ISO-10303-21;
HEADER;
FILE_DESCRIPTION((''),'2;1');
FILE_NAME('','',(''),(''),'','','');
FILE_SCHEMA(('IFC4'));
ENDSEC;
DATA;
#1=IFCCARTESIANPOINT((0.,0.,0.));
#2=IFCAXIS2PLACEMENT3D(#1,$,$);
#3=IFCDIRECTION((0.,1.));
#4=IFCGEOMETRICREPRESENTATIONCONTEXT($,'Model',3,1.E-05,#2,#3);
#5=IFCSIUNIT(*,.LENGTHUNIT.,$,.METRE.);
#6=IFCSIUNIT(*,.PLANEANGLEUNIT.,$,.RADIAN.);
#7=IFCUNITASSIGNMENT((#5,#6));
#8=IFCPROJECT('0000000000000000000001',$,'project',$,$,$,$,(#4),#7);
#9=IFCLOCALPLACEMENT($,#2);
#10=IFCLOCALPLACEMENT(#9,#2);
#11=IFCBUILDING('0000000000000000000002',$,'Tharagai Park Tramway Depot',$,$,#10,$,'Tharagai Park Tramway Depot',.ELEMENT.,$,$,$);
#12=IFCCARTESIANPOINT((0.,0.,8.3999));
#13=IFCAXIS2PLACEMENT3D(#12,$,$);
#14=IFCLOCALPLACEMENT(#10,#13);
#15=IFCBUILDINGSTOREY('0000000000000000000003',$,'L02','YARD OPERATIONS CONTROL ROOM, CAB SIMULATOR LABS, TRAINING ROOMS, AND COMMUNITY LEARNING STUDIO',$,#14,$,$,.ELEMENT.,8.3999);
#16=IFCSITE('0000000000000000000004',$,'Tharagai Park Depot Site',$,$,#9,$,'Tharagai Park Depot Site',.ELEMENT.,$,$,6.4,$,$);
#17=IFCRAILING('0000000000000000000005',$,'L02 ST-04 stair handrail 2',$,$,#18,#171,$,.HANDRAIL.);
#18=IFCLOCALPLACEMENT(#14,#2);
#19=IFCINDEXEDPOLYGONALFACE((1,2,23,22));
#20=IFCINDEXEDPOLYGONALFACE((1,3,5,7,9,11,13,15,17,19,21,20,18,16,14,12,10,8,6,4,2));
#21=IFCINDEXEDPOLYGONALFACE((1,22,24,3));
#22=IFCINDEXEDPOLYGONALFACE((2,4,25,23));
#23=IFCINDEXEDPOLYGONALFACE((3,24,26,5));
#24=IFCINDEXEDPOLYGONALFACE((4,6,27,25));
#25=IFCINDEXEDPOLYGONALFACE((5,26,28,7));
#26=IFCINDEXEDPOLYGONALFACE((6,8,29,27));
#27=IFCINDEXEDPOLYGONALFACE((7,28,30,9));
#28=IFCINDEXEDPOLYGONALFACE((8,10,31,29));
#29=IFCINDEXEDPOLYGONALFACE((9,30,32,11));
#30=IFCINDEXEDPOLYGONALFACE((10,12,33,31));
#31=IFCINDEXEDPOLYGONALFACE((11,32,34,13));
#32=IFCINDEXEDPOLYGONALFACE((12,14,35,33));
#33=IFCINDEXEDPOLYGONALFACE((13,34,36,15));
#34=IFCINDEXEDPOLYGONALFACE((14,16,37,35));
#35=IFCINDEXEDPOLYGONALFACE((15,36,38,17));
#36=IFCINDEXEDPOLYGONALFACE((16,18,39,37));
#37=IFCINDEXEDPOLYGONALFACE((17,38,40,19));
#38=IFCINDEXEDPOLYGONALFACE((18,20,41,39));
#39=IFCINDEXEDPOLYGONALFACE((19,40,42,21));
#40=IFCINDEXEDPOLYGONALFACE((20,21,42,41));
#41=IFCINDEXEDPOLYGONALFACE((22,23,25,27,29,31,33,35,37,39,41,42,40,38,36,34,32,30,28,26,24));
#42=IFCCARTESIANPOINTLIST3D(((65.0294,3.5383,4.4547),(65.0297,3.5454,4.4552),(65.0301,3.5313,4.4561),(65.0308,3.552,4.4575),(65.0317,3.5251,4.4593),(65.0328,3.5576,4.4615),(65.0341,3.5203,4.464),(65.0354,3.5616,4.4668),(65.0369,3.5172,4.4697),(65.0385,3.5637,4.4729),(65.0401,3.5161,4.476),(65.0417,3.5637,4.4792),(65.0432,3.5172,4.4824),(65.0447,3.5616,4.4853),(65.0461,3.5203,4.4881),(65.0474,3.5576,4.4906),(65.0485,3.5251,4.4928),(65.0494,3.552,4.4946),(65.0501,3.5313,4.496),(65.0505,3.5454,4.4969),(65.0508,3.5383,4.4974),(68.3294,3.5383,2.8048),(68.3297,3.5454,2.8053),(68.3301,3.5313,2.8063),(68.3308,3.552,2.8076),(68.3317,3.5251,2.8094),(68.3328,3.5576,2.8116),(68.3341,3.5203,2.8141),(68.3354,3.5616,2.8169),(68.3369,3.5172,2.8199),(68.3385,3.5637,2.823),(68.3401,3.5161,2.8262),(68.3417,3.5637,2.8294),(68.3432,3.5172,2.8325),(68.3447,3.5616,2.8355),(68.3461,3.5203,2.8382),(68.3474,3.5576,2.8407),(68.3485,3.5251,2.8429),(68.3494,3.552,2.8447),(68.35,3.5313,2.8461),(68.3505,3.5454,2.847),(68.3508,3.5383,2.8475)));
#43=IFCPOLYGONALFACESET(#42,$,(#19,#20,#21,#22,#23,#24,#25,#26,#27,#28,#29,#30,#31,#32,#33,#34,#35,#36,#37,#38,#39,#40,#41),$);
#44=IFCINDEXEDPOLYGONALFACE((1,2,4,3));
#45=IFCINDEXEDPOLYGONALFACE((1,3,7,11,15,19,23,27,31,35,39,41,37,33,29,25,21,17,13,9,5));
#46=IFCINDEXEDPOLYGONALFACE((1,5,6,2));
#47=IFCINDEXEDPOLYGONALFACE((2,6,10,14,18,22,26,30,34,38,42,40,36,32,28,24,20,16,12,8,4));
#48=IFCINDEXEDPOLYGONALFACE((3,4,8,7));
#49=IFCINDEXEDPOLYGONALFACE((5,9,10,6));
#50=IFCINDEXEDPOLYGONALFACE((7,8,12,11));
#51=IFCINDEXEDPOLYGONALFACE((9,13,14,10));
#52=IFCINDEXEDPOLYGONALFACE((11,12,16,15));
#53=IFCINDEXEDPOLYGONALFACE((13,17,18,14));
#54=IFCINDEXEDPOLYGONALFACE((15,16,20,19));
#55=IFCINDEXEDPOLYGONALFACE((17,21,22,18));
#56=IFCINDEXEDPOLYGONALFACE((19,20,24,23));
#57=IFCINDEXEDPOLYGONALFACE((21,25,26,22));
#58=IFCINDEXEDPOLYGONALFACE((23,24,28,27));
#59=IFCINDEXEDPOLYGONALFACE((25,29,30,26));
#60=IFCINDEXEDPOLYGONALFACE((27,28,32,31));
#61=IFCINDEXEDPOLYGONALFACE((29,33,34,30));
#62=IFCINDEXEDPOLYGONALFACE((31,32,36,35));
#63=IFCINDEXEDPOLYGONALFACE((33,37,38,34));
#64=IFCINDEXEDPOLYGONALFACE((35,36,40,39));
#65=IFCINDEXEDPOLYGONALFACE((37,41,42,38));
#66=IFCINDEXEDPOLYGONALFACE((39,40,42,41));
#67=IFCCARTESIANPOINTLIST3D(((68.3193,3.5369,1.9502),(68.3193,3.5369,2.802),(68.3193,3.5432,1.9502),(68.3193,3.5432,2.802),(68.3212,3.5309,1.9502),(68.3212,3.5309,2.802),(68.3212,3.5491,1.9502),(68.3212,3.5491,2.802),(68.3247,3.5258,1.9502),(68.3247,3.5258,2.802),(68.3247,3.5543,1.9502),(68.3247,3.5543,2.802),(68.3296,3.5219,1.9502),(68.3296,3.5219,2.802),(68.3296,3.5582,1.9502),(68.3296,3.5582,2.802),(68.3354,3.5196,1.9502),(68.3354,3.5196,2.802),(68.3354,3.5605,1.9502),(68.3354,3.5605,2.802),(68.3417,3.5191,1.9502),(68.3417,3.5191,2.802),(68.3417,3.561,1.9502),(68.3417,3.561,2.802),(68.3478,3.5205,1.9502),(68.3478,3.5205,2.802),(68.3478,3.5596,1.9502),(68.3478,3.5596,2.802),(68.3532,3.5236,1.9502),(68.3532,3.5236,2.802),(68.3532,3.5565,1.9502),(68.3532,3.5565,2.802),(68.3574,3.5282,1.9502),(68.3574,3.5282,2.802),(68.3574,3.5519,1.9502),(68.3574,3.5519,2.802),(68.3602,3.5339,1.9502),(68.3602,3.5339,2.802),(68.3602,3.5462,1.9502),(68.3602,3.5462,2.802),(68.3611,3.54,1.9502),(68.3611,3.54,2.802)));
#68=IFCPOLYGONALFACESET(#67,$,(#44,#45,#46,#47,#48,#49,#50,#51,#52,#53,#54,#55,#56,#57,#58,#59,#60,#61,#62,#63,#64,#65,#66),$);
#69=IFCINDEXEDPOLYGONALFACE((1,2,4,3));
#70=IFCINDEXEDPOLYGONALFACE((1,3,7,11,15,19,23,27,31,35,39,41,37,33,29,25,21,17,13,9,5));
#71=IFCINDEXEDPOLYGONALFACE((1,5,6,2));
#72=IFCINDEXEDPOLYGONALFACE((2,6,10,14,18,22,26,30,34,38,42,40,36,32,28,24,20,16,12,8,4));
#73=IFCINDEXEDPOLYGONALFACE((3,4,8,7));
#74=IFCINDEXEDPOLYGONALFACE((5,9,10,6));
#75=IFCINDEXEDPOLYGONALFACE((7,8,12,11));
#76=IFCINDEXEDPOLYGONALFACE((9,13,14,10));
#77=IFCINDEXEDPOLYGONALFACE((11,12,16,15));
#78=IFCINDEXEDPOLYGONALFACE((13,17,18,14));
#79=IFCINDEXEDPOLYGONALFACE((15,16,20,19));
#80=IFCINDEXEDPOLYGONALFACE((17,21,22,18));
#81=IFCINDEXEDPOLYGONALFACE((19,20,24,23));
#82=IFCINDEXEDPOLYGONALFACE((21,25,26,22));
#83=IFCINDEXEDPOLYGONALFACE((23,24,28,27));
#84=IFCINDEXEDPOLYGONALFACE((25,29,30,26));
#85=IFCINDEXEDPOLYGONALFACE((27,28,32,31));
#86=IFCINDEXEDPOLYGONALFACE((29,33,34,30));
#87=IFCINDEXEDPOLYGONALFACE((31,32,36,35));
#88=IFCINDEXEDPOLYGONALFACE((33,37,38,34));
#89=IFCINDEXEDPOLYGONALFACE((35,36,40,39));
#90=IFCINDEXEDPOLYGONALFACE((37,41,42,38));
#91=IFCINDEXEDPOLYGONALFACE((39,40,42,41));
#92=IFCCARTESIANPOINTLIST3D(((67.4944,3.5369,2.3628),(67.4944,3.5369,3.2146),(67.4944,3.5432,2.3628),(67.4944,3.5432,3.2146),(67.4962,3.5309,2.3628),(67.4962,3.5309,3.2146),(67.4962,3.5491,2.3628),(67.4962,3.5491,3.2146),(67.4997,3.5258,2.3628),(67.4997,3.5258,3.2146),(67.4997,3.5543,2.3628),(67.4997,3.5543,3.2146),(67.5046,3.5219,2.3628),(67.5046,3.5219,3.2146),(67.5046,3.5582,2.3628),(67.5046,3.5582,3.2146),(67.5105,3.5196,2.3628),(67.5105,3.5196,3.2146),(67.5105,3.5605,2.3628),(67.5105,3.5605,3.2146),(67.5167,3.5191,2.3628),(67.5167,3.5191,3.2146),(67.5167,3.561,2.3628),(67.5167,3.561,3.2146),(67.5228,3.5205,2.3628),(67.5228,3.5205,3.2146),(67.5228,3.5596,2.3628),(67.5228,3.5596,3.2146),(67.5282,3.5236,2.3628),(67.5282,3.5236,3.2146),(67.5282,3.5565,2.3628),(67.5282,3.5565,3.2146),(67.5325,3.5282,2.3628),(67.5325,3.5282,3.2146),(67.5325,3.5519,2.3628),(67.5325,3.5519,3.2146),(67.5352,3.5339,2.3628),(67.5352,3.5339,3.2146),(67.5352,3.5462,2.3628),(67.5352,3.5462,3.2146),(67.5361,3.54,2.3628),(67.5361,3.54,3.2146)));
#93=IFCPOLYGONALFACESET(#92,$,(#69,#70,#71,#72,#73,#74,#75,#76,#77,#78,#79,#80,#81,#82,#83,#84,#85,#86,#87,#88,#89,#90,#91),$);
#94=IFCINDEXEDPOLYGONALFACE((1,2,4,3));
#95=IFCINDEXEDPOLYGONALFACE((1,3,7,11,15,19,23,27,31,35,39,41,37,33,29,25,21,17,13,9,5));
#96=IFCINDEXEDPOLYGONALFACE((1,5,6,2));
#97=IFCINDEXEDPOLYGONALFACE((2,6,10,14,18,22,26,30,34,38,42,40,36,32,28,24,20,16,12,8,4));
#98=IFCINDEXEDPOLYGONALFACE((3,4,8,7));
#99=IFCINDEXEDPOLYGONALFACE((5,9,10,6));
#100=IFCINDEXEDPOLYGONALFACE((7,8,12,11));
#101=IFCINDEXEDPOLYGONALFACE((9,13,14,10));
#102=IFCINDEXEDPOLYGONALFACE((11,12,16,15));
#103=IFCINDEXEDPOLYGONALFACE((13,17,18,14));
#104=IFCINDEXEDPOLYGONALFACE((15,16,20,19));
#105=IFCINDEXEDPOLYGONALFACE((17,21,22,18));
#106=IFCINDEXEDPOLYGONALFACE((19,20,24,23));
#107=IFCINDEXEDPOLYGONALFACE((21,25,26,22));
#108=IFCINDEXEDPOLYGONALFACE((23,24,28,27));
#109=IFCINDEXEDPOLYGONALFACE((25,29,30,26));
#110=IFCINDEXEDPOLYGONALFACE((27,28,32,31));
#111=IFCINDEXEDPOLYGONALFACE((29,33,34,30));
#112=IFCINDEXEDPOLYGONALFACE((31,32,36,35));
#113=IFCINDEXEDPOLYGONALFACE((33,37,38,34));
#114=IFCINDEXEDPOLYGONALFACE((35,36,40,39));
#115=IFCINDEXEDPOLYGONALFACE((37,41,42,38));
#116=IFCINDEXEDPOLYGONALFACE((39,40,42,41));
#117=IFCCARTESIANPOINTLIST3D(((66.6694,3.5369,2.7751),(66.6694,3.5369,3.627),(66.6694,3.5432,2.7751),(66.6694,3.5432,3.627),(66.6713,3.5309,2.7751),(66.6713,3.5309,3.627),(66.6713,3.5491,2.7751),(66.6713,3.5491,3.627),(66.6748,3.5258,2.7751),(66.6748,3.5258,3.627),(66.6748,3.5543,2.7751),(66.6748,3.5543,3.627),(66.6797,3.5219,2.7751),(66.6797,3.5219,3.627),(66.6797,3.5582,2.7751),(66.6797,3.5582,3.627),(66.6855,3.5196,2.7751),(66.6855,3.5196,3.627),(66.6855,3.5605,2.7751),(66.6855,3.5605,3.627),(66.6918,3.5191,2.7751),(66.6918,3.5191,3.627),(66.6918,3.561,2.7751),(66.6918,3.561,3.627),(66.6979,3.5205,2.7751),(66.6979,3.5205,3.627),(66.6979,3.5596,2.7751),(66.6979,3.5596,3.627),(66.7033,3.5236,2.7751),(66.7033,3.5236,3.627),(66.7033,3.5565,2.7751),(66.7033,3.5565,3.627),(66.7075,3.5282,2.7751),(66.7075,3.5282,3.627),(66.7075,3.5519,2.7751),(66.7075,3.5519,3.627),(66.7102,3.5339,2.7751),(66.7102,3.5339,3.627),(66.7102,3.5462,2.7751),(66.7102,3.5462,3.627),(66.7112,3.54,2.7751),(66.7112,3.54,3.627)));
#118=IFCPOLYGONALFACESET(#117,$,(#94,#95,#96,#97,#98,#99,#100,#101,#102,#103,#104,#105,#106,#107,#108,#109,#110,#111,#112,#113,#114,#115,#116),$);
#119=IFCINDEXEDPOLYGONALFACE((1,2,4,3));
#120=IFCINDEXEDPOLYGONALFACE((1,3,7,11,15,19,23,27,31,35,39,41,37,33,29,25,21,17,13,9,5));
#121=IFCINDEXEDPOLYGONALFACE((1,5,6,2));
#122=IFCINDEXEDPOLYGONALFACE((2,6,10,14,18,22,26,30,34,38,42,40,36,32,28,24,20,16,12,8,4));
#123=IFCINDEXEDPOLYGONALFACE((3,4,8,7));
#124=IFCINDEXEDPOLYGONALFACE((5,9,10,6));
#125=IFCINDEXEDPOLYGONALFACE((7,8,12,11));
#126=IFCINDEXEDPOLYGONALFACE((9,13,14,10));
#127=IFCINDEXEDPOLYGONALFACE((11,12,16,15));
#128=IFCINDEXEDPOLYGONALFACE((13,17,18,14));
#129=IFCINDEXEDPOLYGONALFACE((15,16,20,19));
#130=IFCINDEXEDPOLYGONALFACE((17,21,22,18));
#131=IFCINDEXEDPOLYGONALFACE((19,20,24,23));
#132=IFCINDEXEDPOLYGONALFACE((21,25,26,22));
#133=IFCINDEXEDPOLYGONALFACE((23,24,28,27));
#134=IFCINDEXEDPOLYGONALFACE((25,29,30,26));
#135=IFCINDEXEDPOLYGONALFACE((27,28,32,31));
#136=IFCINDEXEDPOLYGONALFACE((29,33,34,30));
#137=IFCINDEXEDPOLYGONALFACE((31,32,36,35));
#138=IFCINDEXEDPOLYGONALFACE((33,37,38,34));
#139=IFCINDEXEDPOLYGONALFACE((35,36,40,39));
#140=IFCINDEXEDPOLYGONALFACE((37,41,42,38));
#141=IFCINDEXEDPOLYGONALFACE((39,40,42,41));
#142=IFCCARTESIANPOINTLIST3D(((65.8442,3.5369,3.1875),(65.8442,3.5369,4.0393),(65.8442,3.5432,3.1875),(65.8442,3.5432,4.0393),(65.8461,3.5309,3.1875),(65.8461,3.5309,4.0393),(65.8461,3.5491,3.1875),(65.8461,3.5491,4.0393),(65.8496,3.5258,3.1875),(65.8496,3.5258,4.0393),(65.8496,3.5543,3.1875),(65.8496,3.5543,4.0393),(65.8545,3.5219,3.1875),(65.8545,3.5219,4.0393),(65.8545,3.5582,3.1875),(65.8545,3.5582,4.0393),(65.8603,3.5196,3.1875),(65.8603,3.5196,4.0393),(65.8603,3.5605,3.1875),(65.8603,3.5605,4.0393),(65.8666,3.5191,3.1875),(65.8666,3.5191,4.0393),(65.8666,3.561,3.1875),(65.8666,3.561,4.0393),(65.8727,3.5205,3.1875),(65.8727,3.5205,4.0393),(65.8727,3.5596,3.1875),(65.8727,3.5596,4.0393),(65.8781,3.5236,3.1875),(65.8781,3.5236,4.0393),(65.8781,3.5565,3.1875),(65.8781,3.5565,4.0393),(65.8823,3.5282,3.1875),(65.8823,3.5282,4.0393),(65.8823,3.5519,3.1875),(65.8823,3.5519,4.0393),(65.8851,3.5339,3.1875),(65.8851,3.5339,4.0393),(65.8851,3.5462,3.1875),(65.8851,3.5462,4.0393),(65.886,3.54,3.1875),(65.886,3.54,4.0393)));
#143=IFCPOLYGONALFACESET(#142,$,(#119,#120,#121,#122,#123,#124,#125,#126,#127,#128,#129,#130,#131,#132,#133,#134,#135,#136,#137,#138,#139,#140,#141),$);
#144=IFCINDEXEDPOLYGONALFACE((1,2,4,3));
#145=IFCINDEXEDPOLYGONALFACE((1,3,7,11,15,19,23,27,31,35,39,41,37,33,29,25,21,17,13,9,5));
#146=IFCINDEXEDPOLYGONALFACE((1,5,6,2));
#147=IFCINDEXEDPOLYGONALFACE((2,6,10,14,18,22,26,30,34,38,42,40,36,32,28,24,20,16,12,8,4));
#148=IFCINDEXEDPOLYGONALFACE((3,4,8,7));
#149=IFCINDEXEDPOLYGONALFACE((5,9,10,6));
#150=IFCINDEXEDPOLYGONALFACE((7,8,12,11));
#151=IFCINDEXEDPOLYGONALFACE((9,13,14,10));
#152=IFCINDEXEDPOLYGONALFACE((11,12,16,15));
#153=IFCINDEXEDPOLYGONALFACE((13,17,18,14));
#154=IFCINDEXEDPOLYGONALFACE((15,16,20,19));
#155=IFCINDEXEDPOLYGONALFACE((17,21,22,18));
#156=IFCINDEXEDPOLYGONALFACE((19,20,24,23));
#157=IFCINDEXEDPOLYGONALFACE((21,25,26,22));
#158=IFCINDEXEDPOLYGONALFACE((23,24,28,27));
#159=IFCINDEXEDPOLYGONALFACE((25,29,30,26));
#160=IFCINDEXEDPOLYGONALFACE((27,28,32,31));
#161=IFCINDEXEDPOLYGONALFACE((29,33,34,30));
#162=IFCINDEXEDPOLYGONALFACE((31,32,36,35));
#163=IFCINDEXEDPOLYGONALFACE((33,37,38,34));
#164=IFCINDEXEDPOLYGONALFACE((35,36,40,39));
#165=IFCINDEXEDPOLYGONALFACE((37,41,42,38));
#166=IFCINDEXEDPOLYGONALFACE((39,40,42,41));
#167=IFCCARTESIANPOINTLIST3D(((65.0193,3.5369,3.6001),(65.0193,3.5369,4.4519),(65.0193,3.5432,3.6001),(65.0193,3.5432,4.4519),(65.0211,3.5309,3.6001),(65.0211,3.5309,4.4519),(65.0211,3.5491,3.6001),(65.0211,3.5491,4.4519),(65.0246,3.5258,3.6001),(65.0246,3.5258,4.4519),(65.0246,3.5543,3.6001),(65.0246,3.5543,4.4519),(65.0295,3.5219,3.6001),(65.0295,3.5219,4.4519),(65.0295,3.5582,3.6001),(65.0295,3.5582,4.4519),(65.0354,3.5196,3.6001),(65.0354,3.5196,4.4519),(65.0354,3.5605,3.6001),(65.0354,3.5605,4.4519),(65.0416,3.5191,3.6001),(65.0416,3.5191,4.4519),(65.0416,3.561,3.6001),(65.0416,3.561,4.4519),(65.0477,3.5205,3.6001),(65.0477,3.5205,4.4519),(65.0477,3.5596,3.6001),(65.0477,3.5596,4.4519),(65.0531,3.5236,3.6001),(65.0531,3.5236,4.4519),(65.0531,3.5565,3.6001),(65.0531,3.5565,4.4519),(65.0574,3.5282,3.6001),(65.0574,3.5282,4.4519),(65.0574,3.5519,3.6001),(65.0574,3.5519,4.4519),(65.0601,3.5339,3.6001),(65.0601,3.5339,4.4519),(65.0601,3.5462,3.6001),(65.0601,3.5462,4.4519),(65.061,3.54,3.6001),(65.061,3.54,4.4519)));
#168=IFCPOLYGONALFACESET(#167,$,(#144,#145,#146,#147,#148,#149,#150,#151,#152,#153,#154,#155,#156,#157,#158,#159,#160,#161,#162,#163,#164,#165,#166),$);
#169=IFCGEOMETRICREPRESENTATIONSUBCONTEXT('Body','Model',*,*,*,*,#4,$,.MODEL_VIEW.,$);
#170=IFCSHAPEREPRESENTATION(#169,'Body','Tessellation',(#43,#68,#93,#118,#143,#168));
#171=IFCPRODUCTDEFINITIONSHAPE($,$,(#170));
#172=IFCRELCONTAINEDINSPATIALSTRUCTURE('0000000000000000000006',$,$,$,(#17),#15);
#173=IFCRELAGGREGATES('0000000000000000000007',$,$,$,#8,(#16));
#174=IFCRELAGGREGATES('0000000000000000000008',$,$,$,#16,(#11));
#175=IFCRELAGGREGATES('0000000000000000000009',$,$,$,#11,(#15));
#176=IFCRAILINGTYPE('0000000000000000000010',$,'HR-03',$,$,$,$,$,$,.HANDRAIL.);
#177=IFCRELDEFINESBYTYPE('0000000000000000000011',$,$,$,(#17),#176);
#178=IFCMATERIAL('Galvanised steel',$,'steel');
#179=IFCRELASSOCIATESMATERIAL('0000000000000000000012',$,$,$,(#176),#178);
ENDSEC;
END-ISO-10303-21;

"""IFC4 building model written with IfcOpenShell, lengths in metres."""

from ifc_helpers import new_model, si_unit, direction, frame, origin, origin_2d, place, context, subcontext, project, spatial, circle, extrude, material, type_object, element, save


model = new_model("IFC4")

# Units and contexts
model_context = context("Model", 3, precision=1e-05, world=origin(), true_north=direction((0.0, 1.0)))
body_context = subcontext(model_context, "Body", "Model", "MODEL_VIEW")
ifc_project = project(units=[si_unit("LENGTHUNIT", "METRE"), si_unit("PLANEANGLEUNIT", "RADIAN")], contexts=[model_context])

# Site, building, storey
site_placement = place(None, origin())
site = spatial("IfcSite", under=ifc_project, at=site_placement, Name="Tharagai Park Depot Site", LongName="Tharagai Park Depot Site", CompositionType="ELEMENT", RefElevation=6.4)
building_placement = place(site_placement, origin())
building = spatial("IfcBuilding", under=site, at=building_placement, Name="Tharagai Park Tramway Depot", LongName="Tharagai Park Tramway Depot", CompositionType="ELEMENT")
storey_placement = place(building_placement, frame((0.0, 0.0, 8.3999)))
storey = spatial("IfcBuildingStorey", under=building, at=storey_placement, Name="L02", Description="YARD OPERATIONS CONTROL ROOM, CAB SIMULATOR LABS, TRAINING ROOMS, AND COMMUNITY LEARNING STUDIO", CompositionType="ELEMENT", Elevation=8.3999)

# Shared definitions
ifc_material_1 = material(Name="Galvanised steel", Category="steel")

# Railing
railing_type_1 = type_object("IfcRailingType", Name="HR-03", PredefinedType="HANDRAIL", material=ifc_material_1)
railing_1_placement = place(storey_placement, frame((68.3401, 3.54, 1.9502)))
element("IfcRailing", 1, at=railing_1_placement, inside=storey, type_object=railing_type_1, Name="L02 ST-04 stair handrail 2", PredefinedType="HANDRAIL", context=body_context, shape_type="SweptSolid", body=[
    extrude(circle(Radius=0.0239, at=origin_2d()), frame((0.0, 0.0, 0.876), z_axis=(-0.89444, 0.0, 0.447187), x_axis=(0.0, -1.0, 0.0)), (0.0, 0.0, 1.0), 3.6895),
    extrude(circle(Radius=0.021, at=origin_2d()), origin(), (0.0, 0.0, 1.0), 0.8518),
    extrude(circle(Radius=0.021, at=origin_2d()), frame((-0.825, 0.0, 0.4126)), (0.0, 0.0, 1.0), 0.8518),
    extrude(circle(Radius=0.021, at=origin_2d()), frame((-1.6499, 0.0, 0.825)), (0.0, 0.0, 1.0), 0.8518),
    extrude(circle(Radius=0.021, at=origin_2d()), frame((-2.4751, 0.0, 1.2373)), (0.0, 0.0, 1.0), 0.8518),
    extrude(circle(Radius=0.021, at=origin_2d()), frame((-3.3, 0.0, 1.6499)), (0.0, 0.0, 1.0), 0.8518),
])

save(model, "model.ifc")
